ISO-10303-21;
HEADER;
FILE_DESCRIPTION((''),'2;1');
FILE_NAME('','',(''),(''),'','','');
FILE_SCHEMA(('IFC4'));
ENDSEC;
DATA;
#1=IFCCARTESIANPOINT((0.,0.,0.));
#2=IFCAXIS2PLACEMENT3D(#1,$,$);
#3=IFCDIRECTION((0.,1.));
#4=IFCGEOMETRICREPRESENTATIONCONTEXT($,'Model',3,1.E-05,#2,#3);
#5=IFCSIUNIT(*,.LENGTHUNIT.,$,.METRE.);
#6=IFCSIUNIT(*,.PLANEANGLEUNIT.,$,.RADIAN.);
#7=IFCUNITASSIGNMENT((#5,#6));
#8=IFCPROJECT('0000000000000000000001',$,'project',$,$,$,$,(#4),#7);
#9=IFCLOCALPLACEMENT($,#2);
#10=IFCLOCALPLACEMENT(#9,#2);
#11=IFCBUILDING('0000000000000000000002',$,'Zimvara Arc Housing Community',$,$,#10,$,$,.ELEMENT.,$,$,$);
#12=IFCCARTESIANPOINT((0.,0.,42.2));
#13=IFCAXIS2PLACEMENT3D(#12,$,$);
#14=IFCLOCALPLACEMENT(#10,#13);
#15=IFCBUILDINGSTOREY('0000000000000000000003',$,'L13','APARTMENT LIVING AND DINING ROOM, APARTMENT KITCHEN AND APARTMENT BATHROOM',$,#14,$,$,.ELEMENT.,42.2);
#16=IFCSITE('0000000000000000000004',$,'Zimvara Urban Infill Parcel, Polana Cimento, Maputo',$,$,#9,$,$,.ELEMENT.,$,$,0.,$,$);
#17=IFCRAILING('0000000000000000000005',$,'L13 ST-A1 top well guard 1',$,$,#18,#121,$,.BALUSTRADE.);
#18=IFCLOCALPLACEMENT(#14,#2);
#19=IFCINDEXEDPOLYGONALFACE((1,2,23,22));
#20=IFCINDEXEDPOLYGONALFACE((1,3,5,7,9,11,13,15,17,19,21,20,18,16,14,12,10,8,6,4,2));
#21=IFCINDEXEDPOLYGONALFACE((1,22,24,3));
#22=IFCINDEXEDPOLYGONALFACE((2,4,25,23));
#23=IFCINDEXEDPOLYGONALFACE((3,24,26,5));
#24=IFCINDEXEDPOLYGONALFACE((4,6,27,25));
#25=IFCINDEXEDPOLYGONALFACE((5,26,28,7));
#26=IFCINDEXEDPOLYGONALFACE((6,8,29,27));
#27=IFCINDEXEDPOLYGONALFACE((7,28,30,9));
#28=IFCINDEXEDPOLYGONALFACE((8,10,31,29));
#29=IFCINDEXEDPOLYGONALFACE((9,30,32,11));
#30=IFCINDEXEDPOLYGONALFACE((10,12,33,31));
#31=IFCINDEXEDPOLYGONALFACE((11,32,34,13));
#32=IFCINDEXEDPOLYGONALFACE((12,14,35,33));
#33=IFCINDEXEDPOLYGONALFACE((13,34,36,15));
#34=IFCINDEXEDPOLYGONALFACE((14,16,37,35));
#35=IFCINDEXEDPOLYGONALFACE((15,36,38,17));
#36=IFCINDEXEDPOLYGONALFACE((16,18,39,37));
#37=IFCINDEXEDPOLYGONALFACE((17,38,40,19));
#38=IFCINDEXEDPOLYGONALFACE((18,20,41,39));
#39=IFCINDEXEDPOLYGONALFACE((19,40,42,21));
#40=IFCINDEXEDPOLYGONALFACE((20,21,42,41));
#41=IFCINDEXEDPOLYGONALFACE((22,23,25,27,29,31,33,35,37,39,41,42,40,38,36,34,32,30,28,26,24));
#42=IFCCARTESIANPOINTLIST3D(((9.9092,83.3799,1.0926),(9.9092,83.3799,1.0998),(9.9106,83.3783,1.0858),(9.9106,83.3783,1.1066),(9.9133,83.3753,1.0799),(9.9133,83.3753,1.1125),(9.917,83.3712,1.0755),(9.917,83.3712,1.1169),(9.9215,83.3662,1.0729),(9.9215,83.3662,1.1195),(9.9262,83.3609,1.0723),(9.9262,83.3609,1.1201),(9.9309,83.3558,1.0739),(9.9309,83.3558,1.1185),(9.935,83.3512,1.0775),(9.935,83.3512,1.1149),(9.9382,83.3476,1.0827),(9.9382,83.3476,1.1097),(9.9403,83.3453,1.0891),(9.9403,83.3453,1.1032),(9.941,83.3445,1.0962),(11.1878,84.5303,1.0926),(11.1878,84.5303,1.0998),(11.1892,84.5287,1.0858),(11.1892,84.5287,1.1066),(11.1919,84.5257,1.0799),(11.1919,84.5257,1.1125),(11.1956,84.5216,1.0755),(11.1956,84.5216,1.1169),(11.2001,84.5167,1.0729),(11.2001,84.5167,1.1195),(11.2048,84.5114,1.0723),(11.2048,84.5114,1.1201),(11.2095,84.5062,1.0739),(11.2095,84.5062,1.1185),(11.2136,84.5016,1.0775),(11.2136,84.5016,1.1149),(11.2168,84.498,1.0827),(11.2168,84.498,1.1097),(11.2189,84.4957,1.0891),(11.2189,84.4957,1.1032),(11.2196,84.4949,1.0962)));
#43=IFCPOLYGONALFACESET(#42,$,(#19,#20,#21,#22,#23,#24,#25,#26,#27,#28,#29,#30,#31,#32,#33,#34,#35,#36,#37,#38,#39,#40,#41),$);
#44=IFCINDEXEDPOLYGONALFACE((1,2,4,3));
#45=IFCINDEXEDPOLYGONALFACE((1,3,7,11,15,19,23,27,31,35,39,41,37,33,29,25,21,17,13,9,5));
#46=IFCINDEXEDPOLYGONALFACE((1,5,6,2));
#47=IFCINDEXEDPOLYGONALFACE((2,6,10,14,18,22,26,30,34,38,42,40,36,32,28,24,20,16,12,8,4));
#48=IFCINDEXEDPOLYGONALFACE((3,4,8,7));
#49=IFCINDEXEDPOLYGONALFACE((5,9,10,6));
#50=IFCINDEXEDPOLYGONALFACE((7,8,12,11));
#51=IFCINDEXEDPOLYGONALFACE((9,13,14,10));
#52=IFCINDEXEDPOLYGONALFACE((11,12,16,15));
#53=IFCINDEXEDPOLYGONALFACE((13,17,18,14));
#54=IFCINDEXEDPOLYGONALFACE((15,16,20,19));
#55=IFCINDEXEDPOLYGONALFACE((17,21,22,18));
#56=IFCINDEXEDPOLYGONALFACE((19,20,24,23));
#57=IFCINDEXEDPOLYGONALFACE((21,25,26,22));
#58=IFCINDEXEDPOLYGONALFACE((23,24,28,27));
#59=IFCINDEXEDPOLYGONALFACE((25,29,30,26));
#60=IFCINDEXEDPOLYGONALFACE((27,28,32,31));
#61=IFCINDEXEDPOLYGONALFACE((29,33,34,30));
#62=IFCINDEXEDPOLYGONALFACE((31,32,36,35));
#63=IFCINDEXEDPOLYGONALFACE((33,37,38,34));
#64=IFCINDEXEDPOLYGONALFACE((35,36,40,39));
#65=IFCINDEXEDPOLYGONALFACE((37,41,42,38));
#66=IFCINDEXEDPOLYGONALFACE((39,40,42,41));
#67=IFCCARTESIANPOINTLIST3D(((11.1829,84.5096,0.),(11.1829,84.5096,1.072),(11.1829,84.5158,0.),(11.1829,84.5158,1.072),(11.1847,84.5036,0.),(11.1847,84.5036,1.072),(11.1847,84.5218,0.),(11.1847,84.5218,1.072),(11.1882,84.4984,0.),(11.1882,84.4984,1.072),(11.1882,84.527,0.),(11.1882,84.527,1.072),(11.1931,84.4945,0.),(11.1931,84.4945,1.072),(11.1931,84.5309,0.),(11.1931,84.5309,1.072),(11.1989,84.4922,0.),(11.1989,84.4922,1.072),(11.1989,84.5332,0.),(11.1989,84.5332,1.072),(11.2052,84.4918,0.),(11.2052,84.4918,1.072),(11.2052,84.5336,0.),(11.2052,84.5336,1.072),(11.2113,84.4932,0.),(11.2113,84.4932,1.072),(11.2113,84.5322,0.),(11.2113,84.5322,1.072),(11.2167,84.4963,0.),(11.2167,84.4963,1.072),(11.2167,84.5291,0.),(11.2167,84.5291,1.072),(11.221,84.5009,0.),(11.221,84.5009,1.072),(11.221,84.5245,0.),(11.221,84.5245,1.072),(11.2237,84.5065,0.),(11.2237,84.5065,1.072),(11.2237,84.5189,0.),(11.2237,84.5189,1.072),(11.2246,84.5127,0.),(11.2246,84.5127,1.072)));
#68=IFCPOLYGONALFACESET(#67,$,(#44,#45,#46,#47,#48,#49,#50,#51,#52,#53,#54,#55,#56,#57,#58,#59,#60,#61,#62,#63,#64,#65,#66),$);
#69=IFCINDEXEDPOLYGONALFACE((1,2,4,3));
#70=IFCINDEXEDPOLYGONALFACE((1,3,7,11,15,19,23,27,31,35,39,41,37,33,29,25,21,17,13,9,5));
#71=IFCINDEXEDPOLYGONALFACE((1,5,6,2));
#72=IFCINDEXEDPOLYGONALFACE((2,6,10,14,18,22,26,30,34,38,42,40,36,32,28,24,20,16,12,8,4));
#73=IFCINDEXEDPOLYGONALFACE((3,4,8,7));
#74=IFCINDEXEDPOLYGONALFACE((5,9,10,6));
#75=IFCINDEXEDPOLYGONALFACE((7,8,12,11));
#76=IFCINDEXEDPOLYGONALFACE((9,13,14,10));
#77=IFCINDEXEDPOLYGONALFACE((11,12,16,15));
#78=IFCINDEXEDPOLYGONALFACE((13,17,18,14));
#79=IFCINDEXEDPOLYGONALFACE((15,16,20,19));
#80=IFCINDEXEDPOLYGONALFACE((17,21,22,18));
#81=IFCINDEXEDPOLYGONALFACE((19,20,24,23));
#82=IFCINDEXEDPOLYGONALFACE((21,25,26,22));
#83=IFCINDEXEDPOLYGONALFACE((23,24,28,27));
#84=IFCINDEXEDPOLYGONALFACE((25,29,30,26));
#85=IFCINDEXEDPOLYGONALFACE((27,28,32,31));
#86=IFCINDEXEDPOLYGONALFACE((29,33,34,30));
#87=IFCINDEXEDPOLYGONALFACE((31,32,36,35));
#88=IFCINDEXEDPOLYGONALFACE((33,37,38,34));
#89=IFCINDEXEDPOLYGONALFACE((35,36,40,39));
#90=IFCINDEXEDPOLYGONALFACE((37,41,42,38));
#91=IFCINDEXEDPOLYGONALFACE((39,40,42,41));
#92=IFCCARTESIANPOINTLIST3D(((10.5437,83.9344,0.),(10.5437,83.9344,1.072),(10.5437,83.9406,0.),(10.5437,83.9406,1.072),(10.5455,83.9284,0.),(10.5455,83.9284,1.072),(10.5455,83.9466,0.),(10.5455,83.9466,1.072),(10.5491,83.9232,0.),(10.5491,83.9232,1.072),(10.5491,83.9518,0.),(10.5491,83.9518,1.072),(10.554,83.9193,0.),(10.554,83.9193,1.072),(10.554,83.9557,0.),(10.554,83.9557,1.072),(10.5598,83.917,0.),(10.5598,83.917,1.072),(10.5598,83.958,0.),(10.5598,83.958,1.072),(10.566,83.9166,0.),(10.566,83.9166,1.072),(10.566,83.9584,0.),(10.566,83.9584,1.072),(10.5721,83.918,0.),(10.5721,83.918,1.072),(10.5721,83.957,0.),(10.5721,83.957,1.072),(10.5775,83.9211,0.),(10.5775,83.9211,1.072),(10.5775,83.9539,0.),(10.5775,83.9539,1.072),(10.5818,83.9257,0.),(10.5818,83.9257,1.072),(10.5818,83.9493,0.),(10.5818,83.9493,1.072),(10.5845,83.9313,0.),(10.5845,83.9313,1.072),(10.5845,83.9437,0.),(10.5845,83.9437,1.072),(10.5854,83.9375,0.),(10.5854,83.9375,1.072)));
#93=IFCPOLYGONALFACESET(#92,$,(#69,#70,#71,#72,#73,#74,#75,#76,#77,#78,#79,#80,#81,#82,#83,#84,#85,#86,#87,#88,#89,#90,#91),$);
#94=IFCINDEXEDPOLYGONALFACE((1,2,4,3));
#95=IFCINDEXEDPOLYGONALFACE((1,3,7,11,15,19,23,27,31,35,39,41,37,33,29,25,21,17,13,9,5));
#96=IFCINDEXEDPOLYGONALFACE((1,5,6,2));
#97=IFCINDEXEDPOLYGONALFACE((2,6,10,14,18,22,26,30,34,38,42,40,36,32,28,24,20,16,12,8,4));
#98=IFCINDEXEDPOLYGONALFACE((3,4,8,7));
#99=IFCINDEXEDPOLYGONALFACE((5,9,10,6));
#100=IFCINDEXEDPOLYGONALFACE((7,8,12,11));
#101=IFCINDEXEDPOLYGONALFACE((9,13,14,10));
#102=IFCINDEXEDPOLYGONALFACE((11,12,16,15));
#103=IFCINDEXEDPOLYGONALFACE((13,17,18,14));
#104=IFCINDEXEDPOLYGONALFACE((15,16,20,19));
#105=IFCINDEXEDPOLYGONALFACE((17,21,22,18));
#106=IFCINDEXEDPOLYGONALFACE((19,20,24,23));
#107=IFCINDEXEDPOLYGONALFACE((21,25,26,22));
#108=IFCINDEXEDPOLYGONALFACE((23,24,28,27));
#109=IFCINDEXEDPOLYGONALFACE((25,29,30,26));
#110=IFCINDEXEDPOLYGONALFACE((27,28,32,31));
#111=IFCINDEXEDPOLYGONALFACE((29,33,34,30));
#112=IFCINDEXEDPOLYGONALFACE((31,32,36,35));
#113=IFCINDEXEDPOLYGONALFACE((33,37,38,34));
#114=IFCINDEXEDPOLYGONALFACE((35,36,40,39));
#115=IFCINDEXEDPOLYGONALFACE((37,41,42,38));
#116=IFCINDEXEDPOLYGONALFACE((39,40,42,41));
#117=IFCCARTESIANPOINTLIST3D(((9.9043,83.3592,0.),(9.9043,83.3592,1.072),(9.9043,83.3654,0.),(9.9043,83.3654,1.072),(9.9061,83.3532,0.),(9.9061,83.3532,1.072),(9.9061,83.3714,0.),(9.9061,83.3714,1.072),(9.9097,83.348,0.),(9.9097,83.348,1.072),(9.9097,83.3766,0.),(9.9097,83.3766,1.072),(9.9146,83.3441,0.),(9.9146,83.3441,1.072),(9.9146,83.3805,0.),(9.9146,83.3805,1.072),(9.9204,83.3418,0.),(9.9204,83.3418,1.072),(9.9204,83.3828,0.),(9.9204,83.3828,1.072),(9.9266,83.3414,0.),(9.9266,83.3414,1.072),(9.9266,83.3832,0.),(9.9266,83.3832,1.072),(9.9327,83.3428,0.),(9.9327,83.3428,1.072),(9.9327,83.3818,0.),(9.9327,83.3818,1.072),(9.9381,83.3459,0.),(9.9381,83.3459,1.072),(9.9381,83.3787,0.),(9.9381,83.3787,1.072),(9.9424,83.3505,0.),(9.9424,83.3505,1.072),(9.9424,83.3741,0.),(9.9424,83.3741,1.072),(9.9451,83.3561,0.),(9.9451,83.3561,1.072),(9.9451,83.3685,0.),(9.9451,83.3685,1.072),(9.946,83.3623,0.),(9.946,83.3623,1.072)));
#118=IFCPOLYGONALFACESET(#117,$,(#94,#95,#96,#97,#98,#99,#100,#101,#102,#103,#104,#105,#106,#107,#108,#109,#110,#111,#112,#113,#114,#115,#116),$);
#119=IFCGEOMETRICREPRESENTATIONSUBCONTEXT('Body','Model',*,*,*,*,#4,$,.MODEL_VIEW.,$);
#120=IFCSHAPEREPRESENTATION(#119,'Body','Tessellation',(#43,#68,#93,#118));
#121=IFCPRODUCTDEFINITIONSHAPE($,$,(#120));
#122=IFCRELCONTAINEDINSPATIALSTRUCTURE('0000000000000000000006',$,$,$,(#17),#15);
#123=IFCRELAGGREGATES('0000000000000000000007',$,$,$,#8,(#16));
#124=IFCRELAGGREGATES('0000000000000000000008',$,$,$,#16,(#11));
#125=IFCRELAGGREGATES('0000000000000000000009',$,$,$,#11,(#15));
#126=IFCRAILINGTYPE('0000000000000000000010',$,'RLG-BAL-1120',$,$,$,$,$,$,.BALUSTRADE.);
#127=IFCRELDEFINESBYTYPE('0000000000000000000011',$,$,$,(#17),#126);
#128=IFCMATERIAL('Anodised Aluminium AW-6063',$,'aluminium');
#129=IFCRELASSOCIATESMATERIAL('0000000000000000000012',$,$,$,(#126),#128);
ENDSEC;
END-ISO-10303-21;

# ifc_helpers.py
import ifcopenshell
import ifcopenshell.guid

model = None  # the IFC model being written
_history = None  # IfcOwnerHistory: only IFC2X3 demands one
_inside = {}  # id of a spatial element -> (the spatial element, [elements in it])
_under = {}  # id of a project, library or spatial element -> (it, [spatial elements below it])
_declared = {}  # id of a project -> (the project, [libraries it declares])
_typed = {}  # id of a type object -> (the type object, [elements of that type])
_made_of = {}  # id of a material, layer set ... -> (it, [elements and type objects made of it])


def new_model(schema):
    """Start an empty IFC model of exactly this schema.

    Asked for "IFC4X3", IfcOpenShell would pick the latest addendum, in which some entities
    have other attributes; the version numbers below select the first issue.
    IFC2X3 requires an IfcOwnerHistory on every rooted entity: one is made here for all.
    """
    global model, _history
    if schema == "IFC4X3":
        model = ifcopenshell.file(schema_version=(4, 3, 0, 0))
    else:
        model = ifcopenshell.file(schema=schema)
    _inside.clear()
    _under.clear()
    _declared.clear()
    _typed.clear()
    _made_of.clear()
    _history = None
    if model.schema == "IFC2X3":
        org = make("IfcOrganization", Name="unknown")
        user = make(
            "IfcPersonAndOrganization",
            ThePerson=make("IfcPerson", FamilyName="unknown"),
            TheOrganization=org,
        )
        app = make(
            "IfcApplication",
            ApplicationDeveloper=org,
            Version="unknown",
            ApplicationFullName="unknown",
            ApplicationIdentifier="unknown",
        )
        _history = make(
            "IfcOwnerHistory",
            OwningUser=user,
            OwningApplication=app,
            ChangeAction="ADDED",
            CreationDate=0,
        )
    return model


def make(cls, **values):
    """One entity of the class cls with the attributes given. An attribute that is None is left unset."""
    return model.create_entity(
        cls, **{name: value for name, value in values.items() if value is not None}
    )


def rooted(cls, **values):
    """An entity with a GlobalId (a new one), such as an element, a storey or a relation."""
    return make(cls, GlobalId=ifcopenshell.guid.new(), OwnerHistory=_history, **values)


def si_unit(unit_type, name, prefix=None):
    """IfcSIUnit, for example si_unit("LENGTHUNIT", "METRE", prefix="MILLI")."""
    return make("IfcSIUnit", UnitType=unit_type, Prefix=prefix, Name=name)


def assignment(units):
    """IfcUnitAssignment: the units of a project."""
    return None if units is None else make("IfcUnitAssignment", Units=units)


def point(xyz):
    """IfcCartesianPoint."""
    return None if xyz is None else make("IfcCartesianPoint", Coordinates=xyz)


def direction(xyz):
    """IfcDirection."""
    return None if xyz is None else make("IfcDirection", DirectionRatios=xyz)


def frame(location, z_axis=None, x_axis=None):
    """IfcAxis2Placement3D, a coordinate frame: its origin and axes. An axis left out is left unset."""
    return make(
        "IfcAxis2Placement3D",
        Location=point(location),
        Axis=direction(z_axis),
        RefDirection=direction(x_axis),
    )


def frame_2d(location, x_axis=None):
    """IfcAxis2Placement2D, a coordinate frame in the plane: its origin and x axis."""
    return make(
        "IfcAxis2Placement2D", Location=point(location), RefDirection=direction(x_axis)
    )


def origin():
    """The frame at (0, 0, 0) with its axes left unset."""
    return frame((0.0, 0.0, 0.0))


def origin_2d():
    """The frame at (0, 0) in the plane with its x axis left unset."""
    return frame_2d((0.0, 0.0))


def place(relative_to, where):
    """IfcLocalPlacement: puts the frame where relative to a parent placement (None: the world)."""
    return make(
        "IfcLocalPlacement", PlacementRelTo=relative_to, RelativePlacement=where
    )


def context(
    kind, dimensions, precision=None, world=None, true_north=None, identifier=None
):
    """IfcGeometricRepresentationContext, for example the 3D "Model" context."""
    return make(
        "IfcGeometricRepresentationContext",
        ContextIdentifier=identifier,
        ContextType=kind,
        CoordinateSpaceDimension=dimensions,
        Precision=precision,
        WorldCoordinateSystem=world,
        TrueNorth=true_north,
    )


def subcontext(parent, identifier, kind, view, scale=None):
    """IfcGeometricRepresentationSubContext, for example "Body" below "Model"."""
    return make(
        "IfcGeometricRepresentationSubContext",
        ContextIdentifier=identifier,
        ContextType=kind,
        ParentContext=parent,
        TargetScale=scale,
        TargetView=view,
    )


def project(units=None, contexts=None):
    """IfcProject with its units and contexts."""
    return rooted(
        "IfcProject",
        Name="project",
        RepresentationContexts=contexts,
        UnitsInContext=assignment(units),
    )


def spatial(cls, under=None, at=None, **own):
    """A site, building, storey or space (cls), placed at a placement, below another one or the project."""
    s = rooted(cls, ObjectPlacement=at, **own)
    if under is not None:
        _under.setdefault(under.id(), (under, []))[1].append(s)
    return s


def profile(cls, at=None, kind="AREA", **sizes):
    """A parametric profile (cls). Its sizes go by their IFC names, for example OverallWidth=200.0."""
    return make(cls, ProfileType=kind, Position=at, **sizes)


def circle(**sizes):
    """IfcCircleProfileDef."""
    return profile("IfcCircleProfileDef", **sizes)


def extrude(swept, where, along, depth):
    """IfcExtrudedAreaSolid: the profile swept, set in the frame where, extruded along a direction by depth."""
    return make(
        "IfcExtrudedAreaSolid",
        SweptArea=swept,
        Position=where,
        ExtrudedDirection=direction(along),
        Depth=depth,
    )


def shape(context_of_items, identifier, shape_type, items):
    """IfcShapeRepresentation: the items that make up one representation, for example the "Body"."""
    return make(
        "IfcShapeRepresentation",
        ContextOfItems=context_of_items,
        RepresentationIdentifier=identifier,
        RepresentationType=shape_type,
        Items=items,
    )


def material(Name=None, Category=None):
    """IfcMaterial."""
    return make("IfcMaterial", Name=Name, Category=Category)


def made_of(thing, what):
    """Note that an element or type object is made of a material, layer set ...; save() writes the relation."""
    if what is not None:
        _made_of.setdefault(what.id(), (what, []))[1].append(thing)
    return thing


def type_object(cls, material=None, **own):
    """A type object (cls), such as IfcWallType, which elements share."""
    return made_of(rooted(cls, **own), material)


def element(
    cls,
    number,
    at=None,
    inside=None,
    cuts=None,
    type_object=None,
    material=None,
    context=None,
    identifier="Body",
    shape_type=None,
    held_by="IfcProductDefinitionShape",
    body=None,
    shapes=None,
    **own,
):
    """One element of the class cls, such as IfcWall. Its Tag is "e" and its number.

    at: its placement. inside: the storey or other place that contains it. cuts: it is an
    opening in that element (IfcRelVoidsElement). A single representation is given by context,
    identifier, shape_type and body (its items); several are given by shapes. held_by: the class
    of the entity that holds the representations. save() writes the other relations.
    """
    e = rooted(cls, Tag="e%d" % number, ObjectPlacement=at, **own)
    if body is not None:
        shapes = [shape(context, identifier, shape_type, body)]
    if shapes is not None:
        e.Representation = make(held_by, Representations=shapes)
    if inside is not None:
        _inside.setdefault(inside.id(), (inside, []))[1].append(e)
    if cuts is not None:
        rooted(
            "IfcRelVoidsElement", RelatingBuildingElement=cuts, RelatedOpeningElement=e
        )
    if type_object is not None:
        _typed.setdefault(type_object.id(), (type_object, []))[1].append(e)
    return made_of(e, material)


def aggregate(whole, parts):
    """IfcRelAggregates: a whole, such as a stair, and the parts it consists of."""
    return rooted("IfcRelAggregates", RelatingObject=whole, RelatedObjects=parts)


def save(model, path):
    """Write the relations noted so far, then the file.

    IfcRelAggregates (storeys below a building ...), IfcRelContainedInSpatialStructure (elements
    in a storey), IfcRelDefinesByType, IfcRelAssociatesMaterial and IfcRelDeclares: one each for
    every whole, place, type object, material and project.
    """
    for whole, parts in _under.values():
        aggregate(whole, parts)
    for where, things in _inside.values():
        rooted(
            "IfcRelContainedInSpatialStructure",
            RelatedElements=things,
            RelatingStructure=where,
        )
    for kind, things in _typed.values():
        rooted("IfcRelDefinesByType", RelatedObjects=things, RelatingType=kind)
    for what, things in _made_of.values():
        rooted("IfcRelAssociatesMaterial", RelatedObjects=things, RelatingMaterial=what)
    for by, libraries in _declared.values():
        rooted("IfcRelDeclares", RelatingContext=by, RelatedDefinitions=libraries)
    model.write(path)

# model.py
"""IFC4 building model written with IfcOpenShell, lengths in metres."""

from ifc_helpers import new_model, si_unit, direction, frame, origin, origin_2d, place, context, subcontext, project, spatial, circle, extrude, material, type_object, element, save


model = new_model("IFC4")

# Units and contexts
model_context = context("Model", 3, precision=1e-05, world=origin(), true_north=direction((0.0, 1.0)))
body_context = subcontext(model_context, "Body", "Model", "MODEL_VIEW")
ifc_project = project(units=[si_unit("LENGTHUNIT", "METRE"), si_unit("PLANEANGLEUNIT", "RADIAN")], contexts=[model_context])

# Site, building, storey
site_placement = place(None, origin())
site = spatial("IfcSite", under=ifc_project, at=site_placement, Name="Zimvara Urban Infill Parcel, Polana Cimento, Maputo", CompositionType="ELEMENT", RefElevation=0.0)
building_placement = place(site_placement, origin())
building = spatial("IfcBuilding", under=site, at=building_placement, Name="Zimvara Arc Housing Community", CompositionType="ELEMENT")
storey_placement = place(building_placement, frame((0.0, 0.0, 42.2)))
storey = spatial("IfcBuildingStorey", under=building, at=storey_placement, Name="L13", Description="APARTMENT LIVING AND DINING ROOM, APARTMENT KITCHEN AND APARTMENT BATHROOM", CompositionType="ELEMENT", Elevation=42.2)

# Railing
ifc_material_1 = material(Name="Anodised Aluminium AW-6063", Category="aluminium")
railing_type = type_object("IfcRailingType", Name="RLG-BAL-1120", PredefinedType="BALUSTRADE", material=ifc_material_1)
railing_placement = place(storey_placement, frame((11.2036, 84.5127, 0.0)))
element("IfcRailing", 1, at=railing_placement, inside=storey, type_object=railing_type, Name="L13 ST-A1 top well guard 1", PredefinedType="BALUSTRADE", context=body_context, shape_type="SweptSolid", body=[
    extrude(circle(Radius=0.0239, at=origin_2d()), frame((0.0, 0.0, 1.0962), z_axis=(-0.743386, -0.668863, 0.0), x_axis=(0.668863, -0.743386, 0.0)), (0.0, 0.0, 1.0), 1.72),
    extrude(circle(Radius=0.021, at=origin_2d()), origin(), (0.0, 0.0, 1.0), 1.072),
    extrude(circle(Radius=0.021, at=origin_2d()), frame((-0.6392, -0.5752, 0.0)), (0.0, 0.0, 1.0), 1.072),
    extrude(circle(Radius=0.021, at=origin_2d()), frame((-1.2786, -1.1504, 0.0)), (0.0, 0.0, 1.0), 1.072),
])

save(model, "model.ifc")
